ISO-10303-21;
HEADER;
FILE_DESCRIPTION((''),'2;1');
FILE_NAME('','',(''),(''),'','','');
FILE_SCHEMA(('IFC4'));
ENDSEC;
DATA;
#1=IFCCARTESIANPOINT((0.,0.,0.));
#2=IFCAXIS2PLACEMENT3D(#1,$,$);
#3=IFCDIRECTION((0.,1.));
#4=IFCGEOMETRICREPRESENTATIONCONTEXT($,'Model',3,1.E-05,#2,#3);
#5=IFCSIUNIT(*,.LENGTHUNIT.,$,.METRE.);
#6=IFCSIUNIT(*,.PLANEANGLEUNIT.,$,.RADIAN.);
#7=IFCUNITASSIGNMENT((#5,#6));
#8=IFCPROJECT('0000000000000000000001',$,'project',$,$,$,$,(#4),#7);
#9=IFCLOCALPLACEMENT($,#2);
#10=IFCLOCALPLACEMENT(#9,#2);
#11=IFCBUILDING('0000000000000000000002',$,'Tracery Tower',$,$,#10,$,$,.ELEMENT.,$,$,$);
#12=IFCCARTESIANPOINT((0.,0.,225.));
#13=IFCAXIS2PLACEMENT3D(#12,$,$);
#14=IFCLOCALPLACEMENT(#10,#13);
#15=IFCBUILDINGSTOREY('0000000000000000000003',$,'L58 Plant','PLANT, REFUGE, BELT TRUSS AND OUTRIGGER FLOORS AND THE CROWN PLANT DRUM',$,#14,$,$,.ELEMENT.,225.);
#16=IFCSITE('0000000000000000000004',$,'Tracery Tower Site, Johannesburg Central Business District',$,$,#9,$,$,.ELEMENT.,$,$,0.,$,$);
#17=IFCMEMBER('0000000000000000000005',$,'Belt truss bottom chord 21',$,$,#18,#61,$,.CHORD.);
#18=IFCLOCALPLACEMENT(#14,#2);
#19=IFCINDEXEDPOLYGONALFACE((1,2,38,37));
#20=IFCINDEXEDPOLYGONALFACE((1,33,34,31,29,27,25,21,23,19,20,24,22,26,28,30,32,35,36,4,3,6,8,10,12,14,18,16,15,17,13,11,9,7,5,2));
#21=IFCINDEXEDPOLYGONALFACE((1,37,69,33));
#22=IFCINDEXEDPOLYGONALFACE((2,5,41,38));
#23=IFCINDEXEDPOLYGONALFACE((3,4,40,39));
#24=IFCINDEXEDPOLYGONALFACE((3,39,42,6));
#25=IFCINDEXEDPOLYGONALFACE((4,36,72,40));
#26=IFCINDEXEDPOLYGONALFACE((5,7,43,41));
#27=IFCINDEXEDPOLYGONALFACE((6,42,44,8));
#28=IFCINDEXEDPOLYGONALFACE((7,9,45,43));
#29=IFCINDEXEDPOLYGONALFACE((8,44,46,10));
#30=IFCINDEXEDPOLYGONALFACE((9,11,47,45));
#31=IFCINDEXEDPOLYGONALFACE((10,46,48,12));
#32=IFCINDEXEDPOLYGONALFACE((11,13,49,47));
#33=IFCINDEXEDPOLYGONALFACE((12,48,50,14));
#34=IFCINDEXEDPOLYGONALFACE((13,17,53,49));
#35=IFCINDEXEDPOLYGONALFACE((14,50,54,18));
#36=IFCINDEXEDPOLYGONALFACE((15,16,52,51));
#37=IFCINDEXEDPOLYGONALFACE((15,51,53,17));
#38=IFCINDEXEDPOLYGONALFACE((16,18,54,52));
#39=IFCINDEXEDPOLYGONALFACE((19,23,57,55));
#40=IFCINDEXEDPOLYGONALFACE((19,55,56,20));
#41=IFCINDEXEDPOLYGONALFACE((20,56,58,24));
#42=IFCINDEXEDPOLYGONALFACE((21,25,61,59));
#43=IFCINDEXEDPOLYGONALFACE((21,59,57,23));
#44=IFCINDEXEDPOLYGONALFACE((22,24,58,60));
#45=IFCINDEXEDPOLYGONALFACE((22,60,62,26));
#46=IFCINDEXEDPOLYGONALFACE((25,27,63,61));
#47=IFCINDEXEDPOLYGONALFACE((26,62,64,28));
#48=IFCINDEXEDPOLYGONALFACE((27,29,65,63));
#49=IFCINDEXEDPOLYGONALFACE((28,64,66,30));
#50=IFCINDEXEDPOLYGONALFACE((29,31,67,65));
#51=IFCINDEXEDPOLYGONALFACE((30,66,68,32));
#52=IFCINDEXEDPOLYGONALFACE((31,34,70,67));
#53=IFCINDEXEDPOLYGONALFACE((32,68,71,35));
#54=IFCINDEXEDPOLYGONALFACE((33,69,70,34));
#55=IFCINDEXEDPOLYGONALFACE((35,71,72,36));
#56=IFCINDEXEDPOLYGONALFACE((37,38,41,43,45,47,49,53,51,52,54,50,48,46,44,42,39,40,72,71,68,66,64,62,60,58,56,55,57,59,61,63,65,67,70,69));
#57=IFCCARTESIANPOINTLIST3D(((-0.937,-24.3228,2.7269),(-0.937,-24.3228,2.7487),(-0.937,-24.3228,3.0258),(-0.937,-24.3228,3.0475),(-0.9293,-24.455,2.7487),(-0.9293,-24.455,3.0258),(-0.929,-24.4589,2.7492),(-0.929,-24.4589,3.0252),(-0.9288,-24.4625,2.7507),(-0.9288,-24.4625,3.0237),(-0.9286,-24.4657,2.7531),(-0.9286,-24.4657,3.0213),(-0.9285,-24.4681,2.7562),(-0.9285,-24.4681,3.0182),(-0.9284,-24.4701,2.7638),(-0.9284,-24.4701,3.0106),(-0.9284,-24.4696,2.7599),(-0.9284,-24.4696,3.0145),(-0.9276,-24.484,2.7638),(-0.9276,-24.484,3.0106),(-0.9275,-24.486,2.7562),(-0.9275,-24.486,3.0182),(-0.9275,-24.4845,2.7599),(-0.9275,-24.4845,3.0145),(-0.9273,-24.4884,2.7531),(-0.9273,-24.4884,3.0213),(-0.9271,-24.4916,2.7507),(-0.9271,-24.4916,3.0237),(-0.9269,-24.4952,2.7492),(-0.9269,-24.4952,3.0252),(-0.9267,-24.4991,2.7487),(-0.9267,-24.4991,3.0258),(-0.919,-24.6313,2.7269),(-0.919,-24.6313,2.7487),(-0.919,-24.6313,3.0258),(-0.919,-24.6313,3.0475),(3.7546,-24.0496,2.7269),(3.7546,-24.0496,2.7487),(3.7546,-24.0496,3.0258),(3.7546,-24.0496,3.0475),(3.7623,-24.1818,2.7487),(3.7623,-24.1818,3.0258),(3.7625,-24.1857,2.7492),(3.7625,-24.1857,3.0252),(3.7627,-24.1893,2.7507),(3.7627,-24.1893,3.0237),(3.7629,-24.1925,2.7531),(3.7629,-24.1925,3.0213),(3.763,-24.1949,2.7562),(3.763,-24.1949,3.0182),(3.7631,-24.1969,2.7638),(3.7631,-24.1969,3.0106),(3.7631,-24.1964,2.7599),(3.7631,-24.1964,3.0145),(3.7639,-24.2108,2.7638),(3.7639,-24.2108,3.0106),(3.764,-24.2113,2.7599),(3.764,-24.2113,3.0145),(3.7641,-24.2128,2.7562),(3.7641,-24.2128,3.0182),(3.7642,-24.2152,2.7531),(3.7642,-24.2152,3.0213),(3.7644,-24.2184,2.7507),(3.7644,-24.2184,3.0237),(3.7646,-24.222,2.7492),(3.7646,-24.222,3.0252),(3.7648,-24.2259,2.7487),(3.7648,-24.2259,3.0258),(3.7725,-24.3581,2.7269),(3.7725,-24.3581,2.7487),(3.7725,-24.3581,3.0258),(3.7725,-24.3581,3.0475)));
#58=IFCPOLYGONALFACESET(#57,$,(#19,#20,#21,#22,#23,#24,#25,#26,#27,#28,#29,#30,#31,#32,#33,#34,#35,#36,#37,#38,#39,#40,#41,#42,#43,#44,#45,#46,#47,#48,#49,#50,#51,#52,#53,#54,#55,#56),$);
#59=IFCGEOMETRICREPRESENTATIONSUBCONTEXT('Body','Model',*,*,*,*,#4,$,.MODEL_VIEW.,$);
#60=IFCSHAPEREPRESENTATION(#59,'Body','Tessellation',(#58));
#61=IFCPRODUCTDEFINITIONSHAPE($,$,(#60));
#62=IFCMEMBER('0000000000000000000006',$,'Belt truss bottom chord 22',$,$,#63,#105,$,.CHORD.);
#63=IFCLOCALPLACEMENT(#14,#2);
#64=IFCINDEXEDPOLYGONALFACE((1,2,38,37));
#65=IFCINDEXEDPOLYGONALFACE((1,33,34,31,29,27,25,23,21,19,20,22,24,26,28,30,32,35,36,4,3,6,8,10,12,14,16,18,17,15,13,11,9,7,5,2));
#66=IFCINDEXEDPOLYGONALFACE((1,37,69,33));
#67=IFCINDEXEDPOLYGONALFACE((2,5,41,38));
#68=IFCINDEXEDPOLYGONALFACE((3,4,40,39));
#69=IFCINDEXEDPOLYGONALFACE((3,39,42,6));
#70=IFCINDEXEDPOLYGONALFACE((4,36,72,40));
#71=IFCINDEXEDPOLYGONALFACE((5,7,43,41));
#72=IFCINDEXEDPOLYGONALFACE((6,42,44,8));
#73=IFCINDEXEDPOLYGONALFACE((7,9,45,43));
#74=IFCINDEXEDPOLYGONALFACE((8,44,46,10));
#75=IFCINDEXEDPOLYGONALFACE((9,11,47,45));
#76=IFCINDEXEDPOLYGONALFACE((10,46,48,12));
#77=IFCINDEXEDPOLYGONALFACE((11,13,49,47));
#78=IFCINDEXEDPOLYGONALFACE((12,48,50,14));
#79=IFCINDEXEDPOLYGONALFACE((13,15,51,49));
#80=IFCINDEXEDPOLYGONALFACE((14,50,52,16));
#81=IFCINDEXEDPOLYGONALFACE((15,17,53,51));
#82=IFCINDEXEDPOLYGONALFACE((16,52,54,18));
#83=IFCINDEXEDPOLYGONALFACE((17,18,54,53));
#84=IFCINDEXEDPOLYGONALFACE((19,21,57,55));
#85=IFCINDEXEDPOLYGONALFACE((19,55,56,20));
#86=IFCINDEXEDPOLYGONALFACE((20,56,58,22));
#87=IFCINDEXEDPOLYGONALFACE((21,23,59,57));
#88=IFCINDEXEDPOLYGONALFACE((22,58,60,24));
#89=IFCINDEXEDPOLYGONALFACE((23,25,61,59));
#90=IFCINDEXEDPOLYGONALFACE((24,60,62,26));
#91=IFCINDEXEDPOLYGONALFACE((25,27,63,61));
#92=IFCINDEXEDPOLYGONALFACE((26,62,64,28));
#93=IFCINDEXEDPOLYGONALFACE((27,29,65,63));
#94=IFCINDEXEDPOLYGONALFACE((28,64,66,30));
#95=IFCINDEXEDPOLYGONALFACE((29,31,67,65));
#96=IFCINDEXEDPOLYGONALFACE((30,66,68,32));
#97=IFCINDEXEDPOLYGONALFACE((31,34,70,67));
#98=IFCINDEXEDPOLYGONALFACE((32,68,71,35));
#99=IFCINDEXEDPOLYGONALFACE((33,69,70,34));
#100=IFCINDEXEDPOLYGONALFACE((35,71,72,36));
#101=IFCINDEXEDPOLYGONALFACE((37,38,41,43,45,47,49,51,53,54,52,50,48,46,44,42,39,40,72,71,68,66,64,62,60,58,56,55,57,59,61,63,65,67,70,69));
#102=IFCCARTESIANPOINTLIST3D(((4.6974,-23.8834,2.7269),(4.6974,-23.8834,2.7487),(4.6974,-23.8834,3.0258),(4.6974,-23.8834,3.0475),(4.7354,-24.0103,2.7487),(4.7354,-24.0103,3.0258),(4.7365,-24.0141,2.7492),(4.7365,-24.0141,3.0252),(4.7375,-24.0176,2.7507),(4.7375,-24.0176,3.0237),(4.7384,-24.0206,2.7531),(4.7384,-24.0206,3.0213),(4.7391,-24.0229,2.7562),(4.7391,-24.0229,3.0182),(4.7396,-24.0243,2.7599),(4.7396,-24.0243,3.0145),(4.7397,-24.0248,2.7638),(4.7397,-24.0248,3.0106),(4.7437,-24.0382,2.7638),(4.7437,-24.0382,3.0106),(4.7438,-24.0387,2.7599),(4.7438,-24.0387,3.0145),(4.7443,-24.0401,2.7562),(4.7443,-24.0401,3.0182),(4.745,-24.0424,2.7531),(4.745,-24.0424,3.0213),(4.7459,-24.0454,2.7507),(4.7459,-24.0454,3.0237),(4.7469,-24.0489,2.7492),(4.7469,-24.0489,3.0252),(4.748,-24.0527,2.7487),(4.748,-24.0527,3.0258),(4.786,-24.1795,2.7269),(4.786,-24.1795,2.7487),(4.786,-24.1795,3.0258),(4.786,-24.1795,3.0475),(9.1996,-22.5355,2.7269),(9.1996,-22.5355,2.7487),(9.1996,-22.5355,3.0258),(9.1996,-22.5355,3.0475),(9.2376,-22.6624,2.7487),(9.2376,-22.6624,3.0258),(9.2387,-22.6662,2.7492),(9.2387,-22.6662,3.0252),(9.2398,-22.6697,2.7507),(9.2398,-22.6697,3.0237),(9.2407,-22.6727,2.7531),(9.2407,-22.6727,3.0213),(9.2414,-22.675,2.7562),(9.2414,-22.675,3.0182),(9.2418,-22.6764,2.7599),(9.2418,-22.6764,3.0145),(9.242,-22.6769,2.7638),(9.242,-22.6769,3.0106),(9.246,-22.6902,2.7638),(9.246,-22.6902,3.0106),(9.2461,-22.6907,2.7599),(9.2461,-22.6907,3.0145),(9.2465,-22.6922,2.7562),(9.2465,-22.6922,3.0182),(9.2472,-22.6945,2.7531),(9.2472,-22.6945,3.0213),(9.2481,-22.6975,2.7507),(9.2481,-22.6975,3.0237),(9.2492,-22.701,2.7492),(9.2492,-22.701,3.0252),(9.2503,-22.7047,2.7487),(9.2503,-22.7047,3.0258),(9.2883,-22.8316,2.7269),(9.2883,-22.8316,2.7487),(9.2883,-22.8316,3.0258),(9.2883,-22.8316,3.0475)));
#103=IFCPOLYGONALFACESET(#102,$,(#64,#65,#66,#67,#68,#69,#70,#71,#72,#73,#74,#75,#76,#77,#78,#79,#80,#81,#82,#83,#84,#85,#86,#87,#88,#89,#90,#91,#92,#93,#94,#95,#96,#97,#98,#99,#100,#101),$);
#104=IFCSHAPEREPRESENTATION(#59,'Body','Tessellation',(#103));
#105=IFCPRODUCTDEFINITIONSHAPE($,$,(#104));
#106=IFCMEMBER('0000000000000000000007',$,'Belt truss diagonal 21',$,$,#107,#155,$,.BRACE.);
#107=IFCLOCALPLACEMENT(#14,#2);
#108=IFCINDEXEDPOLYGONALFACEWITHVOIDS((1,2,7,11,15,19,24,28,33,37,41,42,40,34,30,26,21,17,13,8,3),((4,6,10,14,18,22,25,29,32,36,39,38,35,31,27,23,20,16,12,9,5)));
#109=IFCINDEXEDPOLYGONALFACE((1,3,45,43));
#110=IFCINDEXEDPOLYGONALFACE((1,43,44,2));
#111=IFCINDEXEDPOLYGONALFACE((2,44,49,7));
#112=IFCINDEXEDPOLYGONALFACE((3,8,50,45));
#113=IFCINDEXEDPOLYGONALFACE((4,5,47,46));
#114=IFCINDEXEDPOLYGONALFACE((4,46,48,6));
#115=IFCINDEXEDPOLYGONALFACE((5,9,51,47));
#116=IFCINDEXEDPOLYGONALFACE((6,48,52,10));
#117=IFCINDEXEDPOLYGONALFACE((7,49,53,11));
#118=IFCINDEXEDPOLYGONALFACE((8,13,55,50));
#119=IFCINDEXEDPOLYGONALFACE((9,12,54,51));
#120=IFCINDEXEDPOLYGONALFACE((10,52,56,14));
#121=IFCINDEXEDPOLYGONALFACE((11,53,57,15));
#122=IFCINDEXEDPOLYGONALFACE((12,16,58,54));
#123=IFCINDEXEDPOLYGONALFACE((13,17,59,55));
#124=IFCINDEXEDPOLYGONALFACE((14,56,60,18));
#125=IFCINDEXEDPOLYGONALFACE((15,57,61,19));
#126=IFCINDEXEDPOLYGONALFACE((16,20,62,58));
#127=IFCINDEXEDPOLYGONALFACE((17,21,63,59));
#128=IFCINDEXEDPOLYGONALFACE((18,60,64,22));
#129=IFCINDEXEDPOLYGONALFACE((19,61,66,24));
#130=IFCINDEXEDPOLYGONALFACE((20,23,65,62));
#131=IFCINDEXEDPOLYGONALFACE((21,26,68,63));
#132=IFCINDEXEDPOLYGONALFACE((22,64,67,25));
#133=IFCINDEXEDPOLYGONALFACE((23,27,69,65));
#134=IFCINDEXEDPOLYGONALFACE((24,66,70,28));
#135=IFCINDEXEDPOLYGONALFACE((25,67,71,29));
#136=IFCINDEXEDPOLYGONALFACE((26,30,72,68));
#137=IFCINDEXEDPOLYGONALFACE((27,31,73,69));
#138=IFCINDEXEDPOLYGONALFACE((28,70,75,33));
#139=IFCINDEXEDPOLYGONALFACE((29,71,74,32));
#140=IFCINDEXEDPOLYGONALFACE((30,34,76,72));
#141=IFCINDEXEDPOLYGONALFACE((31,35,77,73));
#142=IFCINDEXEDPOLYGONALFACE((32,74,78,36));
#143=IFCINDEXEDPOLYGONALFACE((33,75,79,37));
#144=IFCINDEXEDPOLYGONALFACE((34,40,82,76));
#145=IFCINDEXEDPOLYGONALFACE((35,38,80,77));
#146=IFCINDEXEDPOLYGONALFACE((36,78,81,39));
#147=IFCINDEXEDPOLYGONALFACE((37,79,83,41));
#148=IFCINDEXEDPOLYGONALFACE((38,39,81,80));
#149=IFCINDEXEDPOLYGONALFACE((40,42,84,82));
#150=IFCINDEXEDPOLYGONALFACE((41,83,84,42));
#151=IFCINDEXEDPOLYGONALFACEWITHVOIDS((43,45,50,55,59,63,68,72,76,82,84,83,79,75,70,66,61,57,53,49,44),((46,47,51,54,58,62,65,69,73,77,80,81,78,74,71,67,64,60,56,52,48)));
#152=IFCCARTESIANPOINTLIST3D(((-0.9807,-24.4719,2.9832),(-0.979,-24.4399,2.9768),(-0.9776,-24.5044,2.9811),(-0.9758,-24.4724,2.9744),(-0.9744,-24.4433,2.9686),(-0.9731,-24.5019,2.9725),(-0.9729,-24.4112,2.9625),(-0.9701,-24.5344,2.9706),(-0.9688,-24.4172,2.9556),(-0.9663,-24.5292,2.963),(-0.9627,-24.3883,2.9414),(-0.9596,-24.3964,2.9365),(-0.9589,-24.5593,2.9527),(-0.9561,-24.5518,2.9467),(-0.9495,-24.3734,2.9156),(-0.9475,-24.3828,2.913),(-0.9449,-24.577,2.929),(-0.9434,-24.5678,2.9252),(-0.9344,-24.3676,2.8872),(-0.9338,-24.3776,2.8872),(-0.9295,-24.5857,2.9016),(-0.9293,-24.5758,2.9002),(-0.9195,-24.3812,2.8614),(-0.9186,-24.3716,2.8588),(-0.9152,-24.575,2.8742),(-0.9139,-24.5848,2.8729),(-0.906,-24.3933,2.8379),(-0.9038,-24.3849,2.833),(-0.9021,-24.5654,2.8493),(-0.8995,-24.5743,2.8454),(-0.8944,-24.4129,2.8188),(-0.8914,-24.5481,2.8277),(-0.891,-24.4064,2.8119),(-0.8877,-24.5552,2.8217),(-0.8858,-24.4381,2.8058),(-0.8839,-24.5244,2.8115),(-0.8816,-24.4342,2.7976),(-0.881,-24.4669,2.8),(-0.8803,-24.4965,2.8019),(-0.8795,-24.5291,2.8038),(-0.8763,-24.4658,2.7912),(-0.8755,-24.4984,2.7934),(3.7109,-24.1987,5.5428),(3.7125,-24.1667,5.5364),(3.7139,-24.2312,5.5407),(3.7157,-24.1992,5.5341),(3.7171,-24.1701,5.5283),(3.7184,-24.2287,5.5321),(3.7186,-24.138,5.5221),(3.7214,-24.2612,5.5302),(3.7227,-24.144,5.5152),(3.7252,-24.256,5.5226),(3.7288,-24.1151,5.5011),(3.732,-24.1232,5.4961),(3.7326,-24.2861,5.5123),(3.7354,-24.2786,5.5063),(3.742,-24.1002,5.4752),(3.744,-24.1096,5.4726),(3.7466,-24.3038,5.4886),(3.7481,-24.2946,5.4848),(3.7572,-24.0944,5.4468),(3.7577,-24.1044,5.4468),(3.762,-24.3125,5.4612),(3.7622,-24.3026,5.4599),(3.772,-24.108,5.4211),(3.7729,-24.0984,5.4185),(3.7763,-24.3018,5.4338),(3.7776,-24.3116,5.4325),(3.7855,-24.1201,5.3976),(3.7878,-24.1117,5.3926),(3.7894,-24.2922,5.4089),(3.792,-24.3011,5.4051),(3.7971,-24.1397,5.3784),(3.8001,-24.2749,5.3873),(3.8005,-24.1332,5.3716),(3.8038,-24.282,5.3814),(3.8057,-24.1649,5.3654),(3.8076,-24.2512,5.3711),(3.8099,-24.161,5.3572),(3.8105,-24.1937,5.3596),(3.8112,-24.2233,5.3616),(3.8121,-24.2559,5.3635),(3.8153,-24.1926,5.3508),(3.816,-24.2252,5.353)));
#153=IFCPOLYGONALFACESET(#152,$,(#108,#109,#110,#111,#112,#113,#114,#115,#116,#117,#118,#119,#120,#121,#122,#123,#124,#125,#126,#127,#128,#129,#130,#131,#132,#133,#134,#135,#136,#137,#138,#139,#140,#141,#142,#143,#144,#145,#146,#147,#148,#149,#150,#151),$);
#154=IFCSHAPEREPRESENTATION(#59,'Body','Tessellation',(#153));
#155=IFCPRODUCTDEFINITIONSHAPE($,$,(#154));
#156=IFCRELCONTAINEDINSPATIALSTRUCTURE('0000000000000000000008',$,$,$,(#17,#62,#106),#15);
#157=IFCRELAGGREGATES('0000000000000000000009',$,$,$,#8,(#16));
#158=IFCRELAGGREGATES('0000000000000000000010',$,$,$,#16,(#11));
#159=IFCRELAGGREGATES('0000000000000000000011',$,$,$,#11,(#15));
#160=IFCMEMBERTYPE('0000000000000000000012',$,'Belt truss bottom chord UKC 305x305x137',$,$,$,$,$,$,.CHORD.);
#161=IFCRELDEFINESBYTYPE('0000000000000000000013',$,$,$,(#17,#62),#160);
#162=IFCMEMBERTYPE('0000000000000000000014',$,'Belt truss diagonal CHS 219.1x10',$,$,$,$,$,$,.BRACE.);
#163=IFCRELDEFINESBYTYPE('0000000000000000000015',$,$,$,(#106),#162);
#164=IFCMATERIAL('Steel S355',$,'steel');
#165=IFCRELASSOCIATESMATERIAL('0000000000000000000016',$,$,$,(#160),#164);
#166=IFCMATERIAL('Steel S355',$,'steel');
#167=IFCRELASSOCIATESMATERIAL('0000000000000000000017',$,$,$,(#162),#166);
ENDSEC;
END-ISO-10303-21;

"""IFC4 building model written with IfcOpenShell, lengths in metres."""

from ifc_helpers import new_model, si_unit, direction, frame, origin, origin_2d, place, context, subcontext, project, spatial, hollow_circle, i_section, extrude, material, material_profile, profile_set, type_object, element, save


model = new_model("IFC4")

# Units and contexts
model_context = context("Model", 3, precision=1e-05, world=origin(), true_north=direction((0.0, 1.0)))
body_context = subcontext(model_context, "Body", "Model", "MODEL_VIEW")
ifc_project = project(units=[si_unit("LENGTHUNIT", "METRE"), si_unit("PLANEANGLEUNIT", "RADIAN")], contexts=[model_context])

# Site, building, storey
site_placement = place(None, origin())
site = spatial("IfcSite", under=ifc_project, at=site_placement, Name="Tracery Tower Site, Johannesburg Central Business District", CompositionType="ELEMENT", RefElevation=0.0)
building_placement = place(site_placement, origin())
building = spatial("IfcBuilding", under=site, at=building_placement, Name="Tracery Tower", CompositionType="ELEMENT")
storey_placement = place(building_placement, frame((0.0, 0.0, 225.0)))
storey = spatial("IfcBuildingStorey", under=building, at=storey_placement, Name="L58 Plant", Description="PLANT, REFUGE, BELT TRUSS AND OUTRIGGER FLOORS AND THE CROWN PLANT DRUM", CompositionType="ELEMENT", Elevation=225.0)

# Members
ifc_material_1 = material(Name="Steel S355", Category="steel")
ifc_material_profile_1 = material_profile(ifc_material_1, i_section(OverallWidth=0.3091, OverallDepth=0.3206, WebThickness=0.0139, FlangeThickness=0.0217, FilletRadius=0.0151, at=origin_2d()), Name="UKC 305x305x137")
ifc_profile_set_1 = profile_set([ifc_material_profile_1], Name="Steel S355")
member_type_1 = type_object("IfcMemberType", Name="Belt truss bottom chord UKC 305x305x137", PredefinedType="CHORD", material=ifc_profile_set_1)
member_1_placement = place(storey_placement, frame((-0.928, -24.4771, 2.8872), z_axis=(0.998309, 0.058134, 0.0), x_axis=(-0.058134, 0.998309, 0.0)))
element("IfcMember", 1, at=member_1_placement, inside=storey, type_object=member_type_1, Name="Belt truss bottom chord 21", PredefinedType="CHORD", context=body_context, shape_type="SweptSolid", body=[
    extrude(i_section(OverallWidth=0.3091, OverallDepth=0.3206, WebThickness=0.0139, FlangeThickness=0.0217, FilletRadius=0.0151, at=origin_2d()), origin(), (0.0, 0.0, 1.0), 4.6995),
])
member_2_placement = place(storey_placement, frame((4.7417, -24.0315, 2.8872), z_axis=(0.957988, 0.286809, 0.0), x_axis=(-0.286809, 0.957988, 0.0)))
element("IfcMember", 2, at=member_2_placement, inside=storey, type_object=member_type_1, Name="Belt truss bottom chord 22", PredefinedType="CHORD", context=body_context, shape_type="SweptSolid", body=[
    extrude(i_section(OverallWidth=0.3091, OverallDepth=0.3206, WebThickness=0.0139, FlangeThickness=0.0217, FilletRadius=0.0151, at=origin_2d()), origin(), (0.0, 0.0, 1.0), 4.6997),
])
ifc_material_2 = material(Name="Steel S355", Category="steel")
ifc_material_profile_2 = material_profile(ifc_material_2, hollow_circle(Radius=0.1096, WallThickness=0.01, at=origin_2d()), Name="CHS 219.1x10")
ifc_profile_set_2 = profile_set([ifc_material_profile_2], Name="Steel S355")
member_type_2 = type_object("IfcMemberType", Name="Belt truss diagonal CHS 219.1x10", PredefinedType="BRACE", material=ifc_profile_set_2)
member_3_placement = place(storey_placement, frame((-0.928, -24.4771, 2.8872), z_axis=(0.876702, 0.051053, 0.478317), x_axis=(-0.058134, 0.998309, 0.0)))
element("IfcMember", 3, at=member_3_placement, inside=storey, type_object=member_type_2, Name="Belt truss diagonal 21", PredefinedType="BRACE", context=body_context, shape_type="SweptSolid", body=[
    extrude(hollow_circle(Radius=0.1096, WallThickness=0.01, at=origin_2d()), origin(), (0.0, 0.0, 1.0), 5.3513),
])

save(model, "model.ifc")
